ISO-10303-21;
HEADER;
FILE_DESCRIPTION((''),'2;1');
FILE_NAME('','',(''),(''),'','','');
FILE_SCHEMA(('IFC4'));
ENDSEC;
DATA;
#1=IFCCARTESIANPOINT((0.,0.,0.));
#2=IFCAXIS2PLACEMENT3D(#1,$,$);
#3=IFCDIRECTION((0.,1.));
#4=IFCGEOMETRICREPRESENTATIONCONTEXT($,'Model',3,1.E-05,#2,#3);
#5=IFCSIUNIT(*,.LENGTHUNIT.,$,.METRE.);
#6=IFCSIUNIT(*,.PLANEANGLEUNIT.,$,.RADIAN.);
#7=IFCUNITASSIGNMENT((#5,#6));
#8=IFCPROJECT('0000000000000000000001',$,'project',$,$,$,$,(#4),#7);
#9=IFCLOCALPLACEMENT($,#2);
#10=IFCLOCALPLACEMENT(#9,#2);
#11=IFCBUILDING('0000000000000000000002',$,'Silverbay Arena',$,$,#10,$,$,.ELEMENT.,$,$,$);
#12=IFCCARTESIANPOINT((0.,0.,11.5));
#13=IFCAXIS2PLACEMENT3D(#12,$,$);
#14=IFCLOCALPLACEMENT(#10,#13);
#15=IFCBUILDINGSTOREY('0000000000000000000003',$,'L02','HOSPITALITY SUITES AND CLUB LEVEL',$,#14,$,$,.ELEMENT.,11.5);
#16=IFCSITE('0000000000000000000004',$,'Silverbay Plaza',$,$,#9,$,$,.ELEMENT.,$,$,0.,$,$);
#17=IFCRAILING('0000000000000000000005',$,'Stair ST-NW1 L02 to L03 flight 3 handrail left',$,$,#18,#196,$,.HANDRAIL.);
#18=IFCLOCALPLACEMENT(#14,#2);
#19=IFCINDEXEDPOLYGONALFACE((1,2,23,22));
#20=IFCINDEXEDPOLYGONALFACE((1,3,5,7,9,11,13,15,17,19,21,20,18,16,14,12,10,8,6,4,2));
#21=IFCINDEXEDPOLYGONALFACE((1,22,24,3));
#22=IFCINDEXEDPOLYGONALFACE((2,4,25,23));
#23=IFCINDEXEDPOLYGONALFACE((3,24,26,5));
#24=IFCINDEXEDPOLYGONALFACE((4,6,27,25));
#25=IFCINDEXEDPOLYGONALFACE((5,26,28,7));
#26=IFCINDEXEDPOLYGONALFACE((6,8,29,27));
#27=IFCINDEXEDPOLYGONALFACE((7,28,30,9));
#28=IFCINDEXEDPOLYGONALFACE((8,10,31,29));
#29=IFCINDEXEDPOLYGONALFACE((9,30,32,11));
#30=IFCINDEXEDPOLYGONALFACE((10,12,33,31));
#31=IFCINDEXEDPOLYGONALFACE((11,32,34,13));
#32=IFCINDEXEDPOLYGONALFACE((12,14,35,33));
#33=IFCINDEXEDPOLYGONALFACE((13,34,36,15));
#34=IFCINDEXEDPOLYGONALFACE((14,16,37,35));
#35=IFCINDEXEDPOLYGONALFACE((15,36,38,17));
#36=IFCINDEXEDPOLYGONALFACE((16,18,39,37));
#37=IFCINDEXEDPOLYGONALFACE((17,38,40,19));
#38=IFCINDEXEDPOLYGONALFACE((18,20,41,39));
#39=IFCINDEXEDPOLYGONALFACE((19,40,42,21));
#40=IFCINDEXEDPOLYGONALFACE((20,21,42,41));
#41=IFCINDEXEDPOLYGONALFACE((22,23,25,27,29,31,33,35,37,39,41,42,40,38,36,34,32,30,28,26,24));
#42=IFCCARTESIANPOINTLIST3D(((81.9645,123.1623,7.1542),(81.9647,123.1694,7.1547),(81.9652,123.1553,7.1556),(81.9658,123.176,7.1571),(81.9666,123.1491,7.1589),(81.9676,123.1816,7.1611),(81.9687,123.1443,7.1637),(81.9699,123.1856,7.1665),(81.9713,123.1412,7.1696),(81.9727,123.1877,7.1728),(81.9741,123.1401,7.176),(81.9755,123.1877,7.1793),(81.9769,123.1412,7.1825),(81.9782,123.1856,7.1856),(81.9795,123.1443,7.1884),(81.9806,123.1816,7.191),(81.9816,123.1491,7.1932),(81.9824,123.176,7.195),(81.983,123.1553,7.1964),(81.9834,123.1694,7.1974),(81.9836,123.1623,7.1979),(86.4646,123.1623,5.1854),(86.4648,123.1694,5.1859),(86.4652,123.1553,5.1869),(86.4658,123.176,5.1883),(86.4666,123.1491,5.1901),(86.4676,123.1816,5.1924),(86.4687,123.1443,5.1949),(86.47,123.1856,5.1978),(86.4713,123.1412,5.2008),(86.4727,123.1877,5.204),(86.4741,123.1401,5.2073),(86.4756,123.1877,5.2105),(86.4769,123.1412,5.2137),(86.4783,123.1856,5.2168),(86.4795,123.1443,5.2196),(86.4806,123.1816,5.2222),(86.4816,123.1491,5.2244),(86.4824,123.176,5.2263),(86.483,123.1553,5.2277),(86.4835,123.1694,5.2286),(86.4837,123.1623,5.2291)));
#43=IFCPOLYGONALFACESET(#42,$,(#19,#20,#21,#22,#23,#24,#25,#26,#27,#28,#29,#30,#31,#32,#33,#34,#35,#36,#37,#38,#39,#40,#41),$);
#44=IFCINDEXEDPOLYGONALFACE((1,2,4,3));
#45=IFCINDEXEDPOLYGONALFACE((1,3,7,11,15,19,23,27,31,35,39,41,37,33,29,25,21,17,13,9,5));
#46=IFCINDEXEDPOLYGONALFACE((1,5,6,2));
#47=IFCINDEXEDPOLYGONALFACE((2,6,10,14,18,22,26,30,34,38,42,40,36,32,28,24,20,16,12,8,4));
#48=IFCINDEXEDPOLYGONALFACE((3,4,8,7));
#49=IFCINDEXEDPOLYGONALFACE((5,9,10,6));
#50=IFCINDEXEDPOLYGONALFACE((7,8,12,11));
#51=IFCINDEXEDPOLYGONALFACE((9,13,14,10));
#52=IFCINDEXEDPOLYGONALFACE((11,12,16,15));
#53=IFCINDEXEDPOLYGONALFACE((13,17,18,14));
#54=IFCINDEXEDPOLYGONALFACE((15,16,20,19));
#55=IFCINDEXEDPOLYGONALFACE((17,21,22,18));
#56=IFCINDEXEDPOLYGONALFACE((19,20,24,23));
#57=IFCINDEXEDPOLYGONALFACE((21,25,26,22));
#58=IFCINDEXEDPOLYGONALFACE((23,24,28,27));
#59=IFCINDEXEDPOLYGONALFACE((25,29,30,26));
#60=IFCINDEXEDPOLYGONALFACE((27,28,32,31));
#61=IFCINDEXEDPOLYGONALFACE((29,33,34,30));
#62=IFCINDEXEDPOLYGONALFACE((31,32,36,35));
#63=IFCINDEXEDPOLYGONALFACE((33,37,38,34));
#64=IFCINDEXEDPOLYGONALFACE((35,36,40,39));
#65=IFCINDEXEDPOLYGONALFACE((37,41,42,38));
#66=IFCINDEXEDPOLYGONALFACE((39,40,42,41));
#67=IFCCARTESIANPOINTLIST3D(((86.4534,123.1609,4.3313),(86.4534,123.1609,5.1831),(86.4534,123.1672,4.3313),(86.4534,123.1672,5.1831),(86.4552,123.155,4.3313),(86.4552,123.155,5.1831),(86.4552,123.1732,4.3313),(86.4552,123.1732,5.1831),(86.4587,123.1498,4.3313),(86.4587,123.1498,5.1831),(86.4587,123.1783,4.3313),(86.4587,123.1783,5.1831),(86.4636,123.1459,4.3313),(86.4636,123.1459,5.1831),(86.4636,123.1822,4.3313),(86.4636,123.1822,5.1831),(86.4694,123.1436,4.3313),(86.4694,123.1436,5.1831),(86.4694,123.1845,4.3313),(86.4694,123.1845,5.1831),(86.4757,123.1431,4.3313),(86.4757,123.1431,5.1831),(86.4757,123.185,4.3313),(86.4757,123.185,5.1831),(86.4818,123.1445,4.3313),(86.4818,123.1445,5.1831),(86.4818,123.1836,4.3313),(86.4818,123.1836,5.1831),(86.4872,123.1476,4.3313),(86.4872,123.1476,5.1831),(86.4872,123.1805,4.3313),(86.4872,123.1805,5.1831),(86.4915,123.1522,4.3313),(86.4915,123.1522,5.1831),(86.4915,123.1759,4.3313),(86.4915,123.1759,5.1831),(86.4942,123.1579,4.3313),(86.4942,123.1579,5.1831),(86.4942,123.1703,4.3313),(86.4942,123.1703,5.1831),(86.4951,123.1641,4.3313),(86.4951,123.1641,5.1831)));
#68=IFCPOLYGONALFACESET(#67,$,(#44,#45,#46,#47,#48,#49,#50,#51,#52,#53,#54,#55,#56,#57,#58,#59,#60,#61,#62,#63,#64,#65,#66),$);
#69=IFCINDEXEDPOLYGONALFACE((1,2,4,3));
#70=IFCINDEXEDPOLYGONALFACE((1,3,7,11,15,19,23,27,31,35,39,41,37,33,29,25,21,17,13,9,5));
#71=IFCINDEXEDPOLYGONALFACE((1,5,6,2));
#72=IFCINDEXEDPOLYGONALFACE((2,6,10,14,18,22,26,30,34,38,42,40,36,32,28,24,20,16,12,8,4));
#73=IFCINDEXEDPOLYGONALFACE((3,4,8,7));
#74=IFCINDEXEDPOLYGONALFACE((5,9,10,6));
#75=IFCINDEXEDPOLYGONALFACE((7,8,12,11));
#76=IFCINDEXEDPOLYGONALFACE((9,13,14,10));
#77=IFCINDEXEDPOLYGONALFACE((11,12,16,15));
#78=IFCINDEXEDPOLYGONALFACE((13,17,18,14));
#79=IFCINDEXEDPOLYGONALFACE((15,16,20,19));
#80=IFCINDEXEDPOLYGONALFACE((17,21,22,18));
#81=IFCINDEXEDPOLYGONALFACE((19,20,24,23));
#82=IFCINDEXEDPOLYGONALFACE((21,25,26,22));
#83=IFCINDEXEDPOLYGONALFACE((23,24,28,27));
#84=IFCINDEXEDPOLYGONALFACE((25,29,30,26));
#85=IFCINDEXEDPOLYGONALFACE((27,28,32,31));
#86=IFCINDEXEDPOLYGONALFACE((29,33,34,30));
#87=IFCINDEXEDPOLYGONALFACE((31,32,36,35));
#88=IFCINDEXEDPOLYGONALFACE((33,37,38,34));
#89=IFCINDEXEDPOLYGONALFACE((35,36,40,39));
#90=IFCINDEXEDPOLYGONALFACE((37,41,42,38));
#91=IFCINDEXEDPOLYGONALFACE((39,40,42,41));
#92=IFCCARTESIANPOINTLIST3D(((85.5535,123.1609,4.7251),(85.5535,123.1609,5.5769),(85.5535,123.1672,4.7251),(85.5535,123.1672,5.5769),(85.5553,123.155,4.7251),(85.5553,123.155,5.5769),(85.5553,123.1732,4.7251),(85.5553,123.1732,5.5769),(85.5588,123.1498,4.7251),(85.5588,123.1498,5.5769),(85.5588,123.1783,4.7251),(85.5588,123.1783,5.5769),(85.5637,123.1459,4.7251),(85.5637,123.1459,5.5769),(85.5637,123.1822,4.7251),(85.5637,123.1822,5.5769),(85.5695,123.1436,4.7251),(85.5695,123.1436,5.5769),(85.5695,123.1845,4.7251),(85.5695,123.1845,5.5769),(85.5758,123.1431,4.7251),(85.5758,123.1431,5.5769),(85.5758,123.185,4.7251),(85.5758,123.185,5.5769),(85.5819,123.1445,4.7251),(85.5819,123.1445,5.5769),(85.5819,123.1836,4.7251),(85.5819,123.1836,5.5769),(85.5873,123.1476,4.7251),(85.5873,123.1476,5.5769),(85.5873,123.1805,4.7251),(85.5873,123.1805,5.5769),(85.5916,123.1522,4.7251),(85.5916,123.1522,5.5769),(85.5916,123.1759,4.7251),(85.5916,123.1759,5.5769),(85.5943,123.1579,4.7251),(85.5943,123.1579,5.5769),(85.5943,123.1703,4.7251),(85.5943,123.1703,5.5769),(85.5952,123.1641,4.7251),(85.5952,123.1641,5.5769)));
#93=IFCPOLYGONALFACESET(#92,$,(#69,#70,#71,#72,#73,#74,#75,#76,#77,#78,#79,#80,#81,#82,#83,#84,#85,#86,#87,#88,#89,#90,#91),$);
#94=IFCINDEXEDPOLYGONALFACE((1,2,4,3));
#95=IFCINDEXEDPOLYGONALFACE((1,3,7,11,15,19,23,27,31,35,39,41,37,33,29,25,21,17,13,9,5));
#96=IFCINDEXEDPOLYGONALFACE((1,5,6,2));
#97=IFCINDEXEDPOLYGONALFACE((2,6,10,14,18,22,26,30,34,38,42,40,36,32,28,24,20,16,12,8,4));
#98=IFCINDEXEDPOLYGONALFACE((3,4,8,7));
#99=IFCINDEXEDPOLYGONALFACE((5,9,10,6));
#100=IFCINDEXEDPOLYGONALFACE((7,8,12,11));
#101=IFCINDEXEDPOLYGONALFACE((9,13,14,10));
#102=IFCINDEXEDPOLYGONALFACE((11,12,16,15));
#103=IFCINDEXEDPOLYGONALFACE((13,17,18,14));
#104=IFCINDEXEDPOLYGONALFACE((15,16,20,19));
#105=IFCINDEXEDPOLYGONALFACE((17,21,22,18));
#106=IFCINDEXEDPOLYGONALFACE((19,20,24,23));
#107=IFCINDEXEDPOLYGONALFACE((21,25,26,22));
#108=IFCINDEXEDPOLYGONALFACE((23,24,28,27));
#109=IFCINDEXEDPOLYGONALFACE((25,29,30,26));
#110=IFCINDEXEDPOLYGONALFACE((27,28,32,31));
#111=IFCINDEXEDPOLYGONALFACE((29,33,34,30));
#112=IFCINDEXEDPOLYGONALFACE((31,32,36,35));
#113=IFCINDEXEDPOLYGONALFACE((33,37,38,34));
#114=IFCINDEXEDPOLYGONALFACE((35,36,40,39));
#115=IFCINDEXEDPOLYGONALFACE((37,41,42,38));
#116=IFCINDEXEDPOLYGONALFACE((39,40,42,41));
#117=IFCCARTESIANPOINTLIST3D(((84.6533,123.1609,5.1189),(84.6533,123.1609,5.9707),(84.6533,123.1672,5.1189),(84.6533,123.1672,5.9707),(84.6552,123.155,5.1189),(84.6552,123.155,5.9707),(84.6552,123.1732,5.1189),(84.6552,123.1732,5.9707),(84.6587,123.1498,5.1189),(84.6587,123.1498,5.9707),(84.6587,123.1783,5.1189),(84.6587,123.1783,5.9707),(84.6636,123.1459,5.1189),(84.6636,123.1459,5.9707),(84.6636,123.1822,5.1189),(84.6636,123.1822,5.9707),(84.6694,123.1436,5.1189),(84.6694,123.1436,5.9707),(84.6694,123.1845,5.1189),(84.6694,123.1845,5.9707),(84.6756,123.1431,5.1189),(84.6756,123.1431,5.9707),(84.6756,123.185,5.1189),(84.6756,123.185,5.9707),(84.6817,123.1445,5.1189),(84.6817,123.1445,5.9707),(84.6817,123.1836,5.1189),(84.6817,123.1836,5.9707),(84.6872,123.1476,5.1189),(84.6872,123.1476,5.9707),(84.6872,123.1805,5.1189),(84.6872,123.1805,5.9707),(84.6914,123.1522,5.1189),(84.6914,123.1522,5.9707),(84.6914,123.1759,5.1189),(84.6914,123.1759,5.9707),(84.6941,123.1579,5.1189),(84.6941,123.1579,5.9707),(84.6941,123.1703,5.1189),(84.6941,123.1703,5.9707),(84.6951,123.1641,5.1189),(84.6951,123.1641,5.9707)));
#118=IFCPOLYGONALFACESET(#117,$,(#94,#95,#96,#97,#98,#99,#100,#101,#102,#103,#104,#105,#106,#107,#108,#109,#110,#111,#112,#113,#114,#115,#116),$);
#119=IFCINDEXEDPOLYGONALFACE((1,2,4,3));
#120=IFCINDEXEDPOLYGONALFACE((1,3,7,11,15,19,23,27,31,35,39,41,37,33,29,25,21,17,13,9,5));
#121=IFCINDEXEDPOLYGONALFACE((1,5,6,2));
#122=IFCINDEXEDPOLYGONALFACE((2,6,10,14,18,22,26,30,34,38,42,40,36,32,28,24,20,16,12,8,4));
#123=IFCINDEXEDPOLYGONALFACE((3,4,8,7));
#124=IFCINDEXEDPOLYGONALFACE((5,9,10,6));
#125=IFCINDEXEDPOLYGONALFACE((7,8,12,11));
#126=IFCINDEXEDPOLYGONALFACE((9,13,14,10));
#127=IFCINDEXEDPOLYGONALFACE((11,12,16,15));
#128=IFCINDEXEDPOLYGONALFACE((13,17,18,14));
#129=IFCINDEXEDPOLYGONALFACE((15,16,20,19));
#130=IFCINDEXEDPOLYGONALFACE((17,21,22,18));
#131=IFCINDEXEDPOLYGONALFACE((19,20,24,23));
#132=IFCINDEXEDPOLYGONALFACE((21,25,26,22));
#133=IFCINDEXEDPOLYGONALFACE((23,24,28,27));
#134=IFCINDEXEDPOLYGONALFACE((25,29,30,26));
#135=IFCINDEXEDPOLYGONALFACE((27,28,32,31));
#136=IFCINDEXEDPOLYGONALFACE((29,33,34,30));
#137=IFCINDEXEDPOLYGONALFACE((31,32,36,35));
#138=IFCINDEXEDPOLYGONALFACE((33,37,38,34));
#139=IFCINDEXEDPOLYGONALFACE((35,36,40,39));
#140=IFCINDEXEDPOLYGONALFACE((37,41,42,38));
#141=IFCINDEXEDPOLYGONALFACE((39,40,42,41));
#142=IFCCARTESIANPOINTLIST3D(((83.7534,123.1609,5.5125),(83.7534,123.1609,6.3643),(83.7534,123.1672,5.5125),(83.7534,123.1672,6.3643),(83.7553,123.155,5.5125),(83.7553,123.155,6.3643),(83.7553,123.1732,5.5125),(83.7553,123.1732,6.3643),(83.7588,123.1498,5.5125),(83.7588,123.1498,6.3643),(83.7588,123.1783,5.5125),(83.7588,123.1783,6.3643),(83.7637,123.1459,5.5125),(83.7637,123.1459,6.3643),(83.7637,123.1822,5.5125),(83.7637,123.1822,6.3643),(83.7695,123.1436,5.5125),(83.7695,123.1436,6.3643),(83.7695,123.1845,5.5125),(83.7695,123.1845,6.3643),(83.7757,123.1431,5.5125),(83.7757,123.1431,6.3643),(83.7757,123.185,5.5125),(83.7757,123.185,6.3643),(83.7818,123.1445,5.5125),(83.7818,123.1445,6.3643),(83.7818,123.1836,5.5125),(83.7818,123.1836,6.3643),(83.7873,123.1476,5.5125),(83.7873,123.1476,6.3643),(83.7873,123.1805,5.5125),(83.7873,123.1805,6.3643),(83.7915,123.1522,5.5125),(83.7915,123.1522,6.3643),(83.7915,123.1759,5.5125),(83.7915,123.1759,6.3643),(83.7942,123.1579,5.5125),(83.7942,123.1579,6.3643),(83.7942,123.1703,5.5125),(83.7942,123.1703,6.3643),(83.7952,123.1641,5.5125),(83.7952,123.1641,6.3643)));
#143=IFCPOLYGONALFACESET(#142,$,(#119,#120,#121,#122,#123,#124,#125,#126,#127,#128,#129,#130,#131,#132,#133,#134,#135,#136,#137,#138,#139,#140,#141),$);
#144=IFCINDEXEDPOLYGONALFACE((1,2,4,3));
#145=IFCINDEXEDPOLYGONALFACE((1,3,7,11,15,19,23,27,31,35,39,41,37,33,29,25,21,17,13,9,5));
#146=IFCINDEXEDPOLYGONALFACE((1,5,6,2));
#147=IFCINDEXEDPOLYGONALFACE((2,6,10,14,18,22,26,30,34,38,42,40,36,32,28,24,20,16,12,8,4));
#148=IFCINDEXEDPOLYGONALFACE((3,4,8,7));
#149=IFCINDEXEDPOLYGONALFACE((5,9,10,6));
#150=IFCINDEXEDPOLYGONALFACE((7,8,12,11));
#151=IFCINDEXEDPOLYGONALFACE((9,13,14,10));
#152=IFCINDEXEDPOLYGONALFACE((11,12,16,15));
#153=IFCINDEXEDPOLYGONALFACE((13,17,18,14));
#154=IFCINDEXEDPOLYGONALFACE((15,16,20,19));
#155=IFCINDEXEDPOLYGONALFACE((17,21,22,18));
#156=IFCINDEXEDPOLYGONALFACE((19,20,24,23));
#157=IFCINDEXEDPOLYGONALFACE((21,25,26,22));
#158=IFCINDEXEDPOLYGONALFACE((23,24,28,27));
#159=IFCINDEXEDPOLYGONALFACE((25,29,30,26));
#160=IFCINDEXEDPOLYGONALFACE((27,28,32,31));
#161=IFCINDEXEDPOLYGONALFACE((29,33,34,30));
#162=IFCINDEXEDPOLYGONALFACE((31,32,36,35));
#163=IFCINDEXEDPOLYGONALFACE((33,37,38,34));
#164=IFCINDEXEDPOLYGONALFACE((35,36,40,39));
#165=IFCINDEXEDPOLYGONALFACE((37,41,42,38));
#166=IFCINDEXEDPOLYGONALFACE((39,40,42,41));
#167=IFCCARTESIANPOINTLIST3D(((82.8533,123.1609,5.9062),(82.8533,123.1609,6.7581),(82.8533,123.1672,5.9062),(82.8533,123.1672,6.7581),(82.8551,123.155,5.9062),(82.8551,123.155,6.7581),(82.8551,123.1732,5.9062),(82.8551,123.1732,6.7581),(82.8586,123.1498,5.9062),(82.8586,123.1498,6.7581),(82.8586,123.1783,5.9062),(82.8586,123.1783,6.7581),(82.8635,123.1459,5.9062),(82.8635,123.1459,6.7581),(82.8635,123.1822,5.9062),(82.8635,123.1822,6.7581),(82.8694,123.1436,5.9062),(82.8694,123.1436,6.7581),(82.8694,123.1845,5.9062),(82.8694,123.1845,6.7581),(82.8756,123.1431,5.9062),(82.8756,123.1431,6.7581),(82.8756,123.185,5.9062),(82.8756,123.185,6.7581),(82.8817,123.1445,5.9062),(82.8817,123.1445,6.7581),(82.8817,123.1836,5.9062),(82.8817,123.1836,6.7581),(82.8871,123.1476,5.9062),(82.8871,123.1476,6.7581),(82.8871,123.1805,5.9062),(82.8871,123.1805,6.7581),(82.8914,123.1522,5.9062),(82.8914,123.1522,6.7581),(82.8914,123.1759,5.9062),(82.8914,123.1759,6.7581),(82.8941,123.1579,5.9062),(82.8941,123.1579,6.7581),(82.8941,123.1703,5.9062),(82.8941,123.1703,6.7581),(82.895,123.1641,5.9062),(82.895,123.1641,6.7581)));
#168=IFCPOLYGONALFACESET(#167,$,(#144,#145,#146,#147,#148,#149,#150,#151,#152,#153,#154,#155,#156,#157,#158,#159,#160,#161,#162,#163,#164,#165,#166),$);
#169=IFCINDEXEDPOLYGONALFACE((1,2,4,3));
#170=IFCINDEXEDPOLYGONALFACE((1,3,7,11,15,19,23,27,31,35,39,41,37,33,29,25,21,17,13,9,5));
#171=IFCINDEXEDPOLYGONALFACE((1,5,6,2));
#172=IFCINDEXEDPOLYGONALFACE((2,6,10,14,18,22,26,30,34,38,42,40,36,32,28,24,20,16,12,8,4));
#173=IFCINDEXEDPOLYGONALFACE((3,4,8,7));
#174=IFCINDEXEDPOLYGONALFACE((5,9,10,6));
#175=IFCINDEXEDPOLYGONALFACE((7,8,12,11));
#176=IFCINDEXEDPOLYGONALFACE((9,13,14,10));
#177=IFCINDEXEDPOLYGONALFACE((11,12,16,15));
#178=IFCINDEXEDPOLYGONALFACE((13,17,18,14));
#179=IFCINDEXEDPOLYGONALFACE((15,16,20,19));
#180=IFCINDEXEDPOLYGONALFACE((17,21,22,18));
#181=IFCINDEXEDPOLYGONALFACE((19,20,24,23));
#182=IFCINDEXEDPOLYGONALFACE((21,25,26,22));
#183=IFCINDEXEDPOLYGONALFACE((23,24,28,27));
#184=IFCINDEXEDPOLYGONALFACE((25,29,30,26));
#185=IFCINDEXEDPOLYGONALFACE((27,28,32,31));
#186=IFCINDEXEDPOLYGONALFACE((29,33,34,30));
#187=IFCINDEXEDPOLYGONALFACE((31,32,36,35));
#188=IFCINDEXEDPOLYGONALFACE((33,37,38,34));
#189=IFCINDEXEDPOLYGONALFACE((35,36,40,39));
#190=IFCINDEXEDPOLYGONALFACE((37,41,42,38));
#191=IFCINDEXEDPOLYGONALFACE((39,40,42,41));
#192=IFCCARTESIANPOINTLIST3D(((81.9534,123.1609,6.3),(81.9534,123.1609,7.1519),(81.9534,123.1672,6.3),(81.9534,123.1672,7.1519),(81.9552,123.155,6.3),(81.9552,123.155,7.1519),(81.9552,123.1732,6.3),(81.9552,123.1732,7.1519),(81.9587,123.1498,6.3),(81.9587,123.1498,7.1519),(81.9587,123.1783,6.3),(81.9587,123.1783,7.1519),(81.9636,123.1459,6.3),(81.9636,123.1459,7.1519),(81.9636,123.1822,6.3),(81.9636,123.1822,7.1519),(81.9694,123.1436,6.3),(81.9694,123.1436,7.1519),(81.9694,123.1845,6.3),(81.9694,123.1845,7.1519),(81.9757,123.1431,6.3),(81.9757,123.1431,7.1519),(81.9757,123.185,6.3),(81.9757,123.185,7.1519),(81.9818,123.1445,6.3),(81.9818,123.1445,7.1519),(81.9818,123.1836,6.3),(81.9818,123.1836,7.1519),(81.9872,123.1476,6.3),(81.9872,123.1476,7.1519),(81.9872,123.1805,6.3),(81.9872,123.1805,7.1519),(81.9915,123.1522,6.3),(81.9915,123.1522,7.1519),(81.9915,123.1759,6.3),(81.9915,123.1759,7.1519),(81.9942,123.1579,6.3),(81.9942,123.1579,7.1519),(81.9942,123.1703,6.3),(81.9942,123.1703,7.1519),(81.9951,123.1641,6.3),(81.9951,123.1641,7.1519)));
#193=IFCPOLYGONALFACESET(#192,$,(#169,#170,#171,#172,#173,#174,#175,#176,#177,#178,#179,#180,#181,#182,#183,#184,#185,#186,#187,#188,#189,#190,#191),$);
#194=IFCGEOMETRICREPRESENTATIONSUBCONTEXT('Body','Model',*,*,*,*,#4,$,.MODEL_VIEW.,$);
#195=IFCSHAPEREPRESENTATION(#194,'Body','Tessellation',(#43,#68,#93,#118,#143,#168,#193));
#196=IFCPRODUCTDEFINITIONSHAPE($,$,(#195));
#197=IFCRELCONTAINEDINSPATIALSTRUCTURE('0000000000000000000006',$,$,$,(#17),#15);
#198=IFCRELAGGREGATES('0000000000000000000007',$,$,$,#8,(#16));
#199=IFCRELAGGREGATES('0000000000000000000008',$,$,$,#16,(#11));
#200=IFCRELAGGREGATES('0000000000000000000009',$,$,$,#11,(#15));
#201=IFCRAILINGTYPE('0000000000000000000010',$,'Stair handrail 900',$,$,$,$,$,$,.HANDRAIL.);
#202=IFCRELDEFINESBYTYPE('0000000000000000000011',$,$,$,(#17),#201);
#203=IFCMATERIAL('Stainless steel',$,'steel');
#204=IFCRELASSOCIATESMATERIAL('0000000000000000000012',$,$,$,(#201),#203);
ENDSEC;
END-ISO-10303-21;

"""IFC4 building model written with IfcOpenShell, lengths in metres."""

from ifc_helpers import new_model, si_unit, direction, frame, origin, origin_2d, place, context, subcontext, project, spatial, circle, extrude, material, type_object, element, save


model = new_model("IFC4")

# Units and contexts
model_context = context("Model", 3, precision=1e-05, world=origin(), true_north=direction((0.0, 1.0)))
body_context = subcontext(model_context, "Body", "Model", "MODEL_VIEW")
ifc_project = project(units=[si_unit("LENGTHUNIT", "METRE"), si_unit("PLANEANGLEUNIT", "RADIAN")], contexts=[model_context])

# Site, building, storey
site_placement = place(None, origin())
site = spatial("IfcSite", under=ifc_project, at=site_placement, Name="Silverbay Plaza", CompositionType="ELEMENT", RefElevation=0.0)
building_placement = place(site_placement, origin())
building = spatial("IfcBuilding", under=site, at=building_placement, Name="Silverbay Arena", CompositionType="ELEMENT")
storey_placement = place(building_placement, frame((0.0, 0.0, 11.5)))
storey = spatial("IfcBuildingStorey", under=building, at=storey_placement, Name="L02", Description="HOSPITALITY SUITES AND CLUB LEVEL", CompositionType="ELEMENT", Elevation=11.5)

# Railing
ifc_material_1 = material(Name="Stainless steel", Category="steel")
railing_type_1 = type_object("IfcRailingType", Name="Stair handrail 900", PredefinedType="HANDRAIL", material=ifc_material_1)
for number, where, name in (
    (1, (86.4741, 123.1641, 4.3313), "Stair ST-NW1 L02 to L03 flight 3 handrail left"),
):
    element("IfcRailing", number, at=place(storey_placement, frame(where)), inside=storey, type_object=railing_type_1, Name=name, PredefinedType="HANDRAIL", context=body_context, shape_type="SweptSolid", body=[
        extrude(circle(Radius=0.0239, at=origin_2d()), frame((0.0, 0.0, 0.876), z_axis=(-0.916157, 0.0, 0.400819), x_axis=(0.0, -1.0, 0.0)), (0.0, 0.0, 1.0), 4.9119),
        extrude(circle(Radius=0.021, at=origin_2d()), origin(), (0.0, 0.0, 1.0), 0.8518),
        extrude(circle(Radius=0.021, at=origin_2d()), frame((-0.8999, 0.0, 0.3938)), (0.0, 0.0, 1.0), 0.8518),
        extrude(circle(Radius=0.021, at=origin_2d()), frame((-1.8, 0.0, 0.7876)), (0.0, 0.0, 1.0), 0.8518),
        extrude(circle(Radius=0.021, at=origin_2d()), frame((-2.7, 0.0, 1.1812)), (0.0, 0.0, 1.0), 0.8518),
        extrude(circle(Radius=0.021, at=origin_2d()), frame((-3.6001, 0.0, 1.575)), (0.0, 0.0, 1.0), 0.8518),
        extrude(circle(Radius=0.021, at=origin_2d()), frame((-4.5, 0.0, 1.9688)), (0.0, 0.0, 1.0), 0.8518),
    ])

save(model, "model.ifc")
